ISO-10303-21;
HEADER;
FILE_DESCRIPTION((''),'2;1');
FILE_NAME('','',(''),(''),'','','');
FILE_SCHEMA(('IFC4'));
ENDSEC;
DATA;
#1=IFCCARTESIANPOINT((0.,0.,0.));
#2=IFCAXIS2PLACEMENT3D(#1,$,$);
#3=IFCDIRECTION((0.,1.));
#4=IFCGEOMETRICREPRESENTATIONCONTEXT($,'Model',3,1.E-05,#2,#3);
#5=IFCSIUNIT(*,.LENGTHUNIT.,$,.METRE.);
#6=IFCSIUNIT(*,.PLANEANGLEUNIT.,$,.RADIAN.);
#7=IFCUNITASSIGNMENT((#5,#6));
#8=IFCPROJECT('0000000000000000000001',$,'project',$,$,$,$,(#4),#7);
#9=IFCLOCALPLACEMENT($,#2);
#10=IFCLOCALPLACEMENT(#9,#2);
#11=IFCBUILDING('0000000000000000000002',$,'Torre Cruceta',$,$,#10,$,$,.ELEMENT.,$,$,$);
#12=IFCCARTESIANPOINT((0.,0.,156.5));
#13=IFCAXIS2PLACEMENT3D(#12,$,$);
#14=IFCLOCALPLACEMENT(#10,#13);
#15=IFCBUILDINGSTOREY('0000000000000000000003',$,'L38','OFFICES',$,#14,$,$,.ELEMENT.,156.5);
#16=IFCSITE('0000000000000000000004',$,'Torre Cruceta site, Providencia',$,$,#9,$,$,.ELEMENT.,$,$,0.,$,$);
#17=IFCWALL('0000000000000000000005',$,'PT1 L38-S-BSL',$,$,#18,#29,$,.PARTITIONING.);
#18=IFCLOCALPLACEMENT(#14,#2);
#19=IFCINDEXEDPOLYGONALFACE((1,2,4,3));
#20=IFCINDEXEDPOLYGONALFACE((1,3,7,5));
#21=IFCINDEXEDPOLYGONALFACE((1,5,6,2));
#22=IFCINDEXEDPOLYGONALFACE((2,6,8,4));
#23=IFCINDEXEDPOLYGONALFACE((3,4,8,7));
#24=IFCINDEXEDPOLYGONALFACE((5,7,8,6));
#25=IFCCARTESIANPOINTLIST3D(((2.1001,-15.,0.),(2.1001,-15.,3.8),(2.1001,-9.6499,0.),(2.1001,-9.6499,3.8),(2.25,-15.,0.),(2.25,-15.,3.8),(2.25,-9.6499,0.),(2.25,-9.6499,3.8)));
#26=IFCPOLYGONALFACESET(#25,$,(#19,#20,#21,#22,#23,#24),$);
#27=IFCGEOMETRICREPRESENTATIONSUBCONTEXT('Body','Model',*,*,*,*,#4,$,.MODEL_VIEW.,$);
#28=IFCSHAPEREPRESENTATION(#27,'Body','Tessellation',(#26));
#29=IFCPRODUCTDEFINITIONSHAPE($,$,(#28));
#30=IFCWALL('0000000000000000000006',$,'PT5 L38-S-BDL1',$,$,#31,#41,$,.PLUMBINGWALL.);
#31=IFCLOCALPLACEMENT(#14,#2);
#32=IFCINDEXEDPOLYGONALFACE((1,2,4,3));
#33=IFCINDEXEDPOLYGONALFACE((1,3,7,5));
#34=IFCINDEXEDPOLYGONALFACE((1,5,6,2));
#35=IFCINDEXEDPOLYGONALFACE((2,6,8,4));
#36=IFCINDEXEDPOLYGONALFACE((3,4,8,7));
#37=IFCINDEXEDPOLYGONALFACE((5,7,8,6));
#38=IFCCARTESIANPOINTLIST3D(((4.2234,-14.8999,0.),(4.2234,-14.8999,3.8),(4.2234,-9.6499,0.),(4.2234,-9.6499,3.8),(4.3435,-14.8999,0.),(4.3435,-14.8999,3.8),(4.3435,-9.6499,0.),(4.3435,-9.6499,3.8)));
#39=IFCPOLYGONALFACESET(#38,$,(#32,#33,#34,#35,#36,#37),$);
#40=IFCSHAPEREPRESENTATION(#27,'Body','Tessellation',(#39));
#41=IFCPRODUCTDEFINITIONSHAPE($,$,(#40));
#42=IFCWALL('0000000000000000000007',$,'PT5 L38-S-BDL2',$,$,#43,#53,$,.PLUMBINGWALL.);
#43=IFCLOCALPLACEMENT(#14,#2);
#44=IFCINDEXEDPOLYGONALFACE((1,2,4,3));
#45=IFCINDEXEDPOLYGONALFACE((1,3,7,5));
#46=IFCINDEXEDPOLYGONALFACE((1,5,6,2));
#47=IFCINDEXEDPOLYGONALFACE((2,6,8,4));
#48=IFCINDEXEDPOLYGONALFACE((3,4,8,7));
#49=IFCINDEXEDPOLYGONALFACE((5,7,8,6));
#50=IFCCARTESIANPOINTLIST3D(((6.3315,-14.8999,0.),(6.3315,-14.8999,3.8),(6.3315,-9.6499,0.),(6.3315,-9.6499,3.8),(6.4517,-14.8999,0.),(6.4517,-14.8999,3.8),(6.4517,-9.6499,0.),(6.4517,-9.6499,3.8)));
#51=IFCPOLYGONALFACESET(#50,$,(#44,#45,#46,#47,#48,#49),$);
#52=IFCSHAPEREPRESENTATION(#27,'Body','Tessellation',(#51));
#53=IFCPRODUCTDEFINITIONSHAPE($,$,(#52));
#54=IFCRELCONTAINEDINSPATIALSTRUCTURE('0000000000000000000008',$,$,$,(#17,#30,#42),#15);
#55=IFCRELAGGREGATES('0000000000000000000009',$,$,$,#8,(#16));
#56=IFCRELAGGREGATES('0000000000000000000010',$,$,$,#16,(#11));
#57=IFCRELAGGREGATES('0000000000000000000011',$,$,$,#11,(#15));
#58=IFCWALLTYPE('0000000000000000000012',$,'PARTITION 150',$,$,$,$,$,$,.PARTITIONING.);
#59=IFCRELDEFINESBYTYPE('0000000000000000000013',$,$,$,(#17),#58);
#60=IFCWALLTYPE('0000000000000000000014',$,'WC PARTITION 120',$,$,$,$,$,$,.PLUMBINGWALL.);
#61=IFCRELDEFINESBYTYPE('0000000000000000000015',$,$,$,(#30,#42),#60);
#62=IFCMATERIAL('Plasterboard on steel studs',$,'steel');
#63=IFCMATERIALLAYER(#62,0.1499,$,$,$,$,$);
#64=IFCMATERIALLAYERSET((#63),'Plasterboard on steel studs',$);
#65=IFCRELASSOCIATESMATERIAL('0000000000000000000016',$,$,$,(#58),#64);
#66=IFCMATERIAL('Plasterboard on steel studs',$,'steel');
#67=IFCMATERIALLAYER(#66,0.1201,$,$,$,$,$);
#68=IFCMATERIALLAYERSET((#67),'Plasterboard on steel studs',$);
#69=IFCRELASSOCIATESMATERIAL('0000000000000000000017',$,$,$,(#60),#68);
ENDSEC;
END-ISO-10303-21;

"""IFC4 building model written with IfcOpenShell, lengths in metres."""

from ifc_helpers import new_model, si_unit, direction, frame, frame_2d, origin, place, context, subcontext, project, spatial, rectangle, extrude, material, layer, layer_set, type_object, element, save


model = new_model("IFC4")

# Units and contexts
model_context = context("Model", 3, precision=1e-05, world=origin(), true_north=direction((0.0, 1.0)))
body_context = subcontext(model_context, "Body", "Model", "MODEL_VIEW")
ifc_project = project(units=[si_unit("LENGTHUNIT", "METRE"), si_unit("PLANEANGLEUNIT", "RADIAN")], contexts=[model_context])

# Site, building, storey
site_placement = place(None, origin())
site = spatial("IfcSite", under=ifc_project, at=site_placement, Name="Torre Cruceta site, Providencia", CompositionType="ELEMENT", RefElevation=0.0)
building_placement = place(site_placement, origin())
building = spatial("IfcBuilding", under=site, at=building_placement, Name="Torre Cruceta", CompositionType="ELEMENT")
storey_placement = place(building_placement, frame((0.0, 0.0, 156.5)))
storey = spatial("IfcBuildingStorey", under=building, at=storey_placement, Name="L38", Description="OFFICES", CompositionType="ELEMENT", Elevation=156.5)

# Shared definitions
ifc_material_1 = material(Name="Plasterboard on steel studs", Category="steel")
ifc_layer_1 = layer(ifc_material_1, 0.1499)
ifc_layer_set_1 = layer_set([ifc_layer_1], Name="Plasterboard on steel studs")
wall_type_1 = type_object("IfcWallType", Name="PARTITION 150", PredefinedType="PARTITIONING", material=ifc_layer_set_1)

# Walls
wall_1_placement = place(storey_placement, frame((2.175, -9.6499, 0.0), z_axis=(0.0, 0.0, 1.0), x_axis=(0.0, -1.0, 0.0)))
element("IfcWall", 1, at=wall_1_placement, inside=storey, type_object=wall_type_1, Name="PT1 L38-S-BSL", PredefinedType="PARTITIONING", context=body_context, shape_type="SweptSolid", body=[
    extrude(rectangle(XDim=5.3501, YDim=0.1499, at=frame_2d((2.675, 0.0))), origin(), (0.0, 0.0, 1.0), 3.8),
])
ifc_material_2 = material(Name="Plasterboard on steel studs", Category="steel")
ifc_layer_2 = layer(ifc_material_2, 0.1201)
ifc_layer_set_2 = layer_set([ifc_layer_2], Name="Plasterboard on steel studs")
wall_type_2 = type_object("IfcWallType", Name="WC PARTITION 120", PredefinedType="PLUMBINGWALL", material=ifc_layer_set_2)
for number, where, z_axis, x_axis, name in (
    (2, (4.2834, -9.6499, 0.0), (0.0, 0.0, 1.0), (0.0, -1.0, 0.0), "PT5 L38-S-BDL1"),
    (3, (6.3916, -9.6499, 0.0), (0.0, 0.0, 1.0), (0.0, -1.0, 0.0), "PT5 L38-S-BDL2"),
):
    element("IfcWall", number, at=place(storey_placement, frame(where, z_axis=z_axis, x_axis=x_axis)), inside=storey, type_object=wall_type_2, Name=name, PredefinedType="PLUMBINGWALL", context=body_context, shape_type="SweptSolid", body=[
        extrude(rectangle(XDim=5.25, YDim=0.1201, at=frame_2d((2.625, 0.0))), origin(), (0.0, 0.0, 1.0), 3.8),
    ])

save(model, "model.ifc")
